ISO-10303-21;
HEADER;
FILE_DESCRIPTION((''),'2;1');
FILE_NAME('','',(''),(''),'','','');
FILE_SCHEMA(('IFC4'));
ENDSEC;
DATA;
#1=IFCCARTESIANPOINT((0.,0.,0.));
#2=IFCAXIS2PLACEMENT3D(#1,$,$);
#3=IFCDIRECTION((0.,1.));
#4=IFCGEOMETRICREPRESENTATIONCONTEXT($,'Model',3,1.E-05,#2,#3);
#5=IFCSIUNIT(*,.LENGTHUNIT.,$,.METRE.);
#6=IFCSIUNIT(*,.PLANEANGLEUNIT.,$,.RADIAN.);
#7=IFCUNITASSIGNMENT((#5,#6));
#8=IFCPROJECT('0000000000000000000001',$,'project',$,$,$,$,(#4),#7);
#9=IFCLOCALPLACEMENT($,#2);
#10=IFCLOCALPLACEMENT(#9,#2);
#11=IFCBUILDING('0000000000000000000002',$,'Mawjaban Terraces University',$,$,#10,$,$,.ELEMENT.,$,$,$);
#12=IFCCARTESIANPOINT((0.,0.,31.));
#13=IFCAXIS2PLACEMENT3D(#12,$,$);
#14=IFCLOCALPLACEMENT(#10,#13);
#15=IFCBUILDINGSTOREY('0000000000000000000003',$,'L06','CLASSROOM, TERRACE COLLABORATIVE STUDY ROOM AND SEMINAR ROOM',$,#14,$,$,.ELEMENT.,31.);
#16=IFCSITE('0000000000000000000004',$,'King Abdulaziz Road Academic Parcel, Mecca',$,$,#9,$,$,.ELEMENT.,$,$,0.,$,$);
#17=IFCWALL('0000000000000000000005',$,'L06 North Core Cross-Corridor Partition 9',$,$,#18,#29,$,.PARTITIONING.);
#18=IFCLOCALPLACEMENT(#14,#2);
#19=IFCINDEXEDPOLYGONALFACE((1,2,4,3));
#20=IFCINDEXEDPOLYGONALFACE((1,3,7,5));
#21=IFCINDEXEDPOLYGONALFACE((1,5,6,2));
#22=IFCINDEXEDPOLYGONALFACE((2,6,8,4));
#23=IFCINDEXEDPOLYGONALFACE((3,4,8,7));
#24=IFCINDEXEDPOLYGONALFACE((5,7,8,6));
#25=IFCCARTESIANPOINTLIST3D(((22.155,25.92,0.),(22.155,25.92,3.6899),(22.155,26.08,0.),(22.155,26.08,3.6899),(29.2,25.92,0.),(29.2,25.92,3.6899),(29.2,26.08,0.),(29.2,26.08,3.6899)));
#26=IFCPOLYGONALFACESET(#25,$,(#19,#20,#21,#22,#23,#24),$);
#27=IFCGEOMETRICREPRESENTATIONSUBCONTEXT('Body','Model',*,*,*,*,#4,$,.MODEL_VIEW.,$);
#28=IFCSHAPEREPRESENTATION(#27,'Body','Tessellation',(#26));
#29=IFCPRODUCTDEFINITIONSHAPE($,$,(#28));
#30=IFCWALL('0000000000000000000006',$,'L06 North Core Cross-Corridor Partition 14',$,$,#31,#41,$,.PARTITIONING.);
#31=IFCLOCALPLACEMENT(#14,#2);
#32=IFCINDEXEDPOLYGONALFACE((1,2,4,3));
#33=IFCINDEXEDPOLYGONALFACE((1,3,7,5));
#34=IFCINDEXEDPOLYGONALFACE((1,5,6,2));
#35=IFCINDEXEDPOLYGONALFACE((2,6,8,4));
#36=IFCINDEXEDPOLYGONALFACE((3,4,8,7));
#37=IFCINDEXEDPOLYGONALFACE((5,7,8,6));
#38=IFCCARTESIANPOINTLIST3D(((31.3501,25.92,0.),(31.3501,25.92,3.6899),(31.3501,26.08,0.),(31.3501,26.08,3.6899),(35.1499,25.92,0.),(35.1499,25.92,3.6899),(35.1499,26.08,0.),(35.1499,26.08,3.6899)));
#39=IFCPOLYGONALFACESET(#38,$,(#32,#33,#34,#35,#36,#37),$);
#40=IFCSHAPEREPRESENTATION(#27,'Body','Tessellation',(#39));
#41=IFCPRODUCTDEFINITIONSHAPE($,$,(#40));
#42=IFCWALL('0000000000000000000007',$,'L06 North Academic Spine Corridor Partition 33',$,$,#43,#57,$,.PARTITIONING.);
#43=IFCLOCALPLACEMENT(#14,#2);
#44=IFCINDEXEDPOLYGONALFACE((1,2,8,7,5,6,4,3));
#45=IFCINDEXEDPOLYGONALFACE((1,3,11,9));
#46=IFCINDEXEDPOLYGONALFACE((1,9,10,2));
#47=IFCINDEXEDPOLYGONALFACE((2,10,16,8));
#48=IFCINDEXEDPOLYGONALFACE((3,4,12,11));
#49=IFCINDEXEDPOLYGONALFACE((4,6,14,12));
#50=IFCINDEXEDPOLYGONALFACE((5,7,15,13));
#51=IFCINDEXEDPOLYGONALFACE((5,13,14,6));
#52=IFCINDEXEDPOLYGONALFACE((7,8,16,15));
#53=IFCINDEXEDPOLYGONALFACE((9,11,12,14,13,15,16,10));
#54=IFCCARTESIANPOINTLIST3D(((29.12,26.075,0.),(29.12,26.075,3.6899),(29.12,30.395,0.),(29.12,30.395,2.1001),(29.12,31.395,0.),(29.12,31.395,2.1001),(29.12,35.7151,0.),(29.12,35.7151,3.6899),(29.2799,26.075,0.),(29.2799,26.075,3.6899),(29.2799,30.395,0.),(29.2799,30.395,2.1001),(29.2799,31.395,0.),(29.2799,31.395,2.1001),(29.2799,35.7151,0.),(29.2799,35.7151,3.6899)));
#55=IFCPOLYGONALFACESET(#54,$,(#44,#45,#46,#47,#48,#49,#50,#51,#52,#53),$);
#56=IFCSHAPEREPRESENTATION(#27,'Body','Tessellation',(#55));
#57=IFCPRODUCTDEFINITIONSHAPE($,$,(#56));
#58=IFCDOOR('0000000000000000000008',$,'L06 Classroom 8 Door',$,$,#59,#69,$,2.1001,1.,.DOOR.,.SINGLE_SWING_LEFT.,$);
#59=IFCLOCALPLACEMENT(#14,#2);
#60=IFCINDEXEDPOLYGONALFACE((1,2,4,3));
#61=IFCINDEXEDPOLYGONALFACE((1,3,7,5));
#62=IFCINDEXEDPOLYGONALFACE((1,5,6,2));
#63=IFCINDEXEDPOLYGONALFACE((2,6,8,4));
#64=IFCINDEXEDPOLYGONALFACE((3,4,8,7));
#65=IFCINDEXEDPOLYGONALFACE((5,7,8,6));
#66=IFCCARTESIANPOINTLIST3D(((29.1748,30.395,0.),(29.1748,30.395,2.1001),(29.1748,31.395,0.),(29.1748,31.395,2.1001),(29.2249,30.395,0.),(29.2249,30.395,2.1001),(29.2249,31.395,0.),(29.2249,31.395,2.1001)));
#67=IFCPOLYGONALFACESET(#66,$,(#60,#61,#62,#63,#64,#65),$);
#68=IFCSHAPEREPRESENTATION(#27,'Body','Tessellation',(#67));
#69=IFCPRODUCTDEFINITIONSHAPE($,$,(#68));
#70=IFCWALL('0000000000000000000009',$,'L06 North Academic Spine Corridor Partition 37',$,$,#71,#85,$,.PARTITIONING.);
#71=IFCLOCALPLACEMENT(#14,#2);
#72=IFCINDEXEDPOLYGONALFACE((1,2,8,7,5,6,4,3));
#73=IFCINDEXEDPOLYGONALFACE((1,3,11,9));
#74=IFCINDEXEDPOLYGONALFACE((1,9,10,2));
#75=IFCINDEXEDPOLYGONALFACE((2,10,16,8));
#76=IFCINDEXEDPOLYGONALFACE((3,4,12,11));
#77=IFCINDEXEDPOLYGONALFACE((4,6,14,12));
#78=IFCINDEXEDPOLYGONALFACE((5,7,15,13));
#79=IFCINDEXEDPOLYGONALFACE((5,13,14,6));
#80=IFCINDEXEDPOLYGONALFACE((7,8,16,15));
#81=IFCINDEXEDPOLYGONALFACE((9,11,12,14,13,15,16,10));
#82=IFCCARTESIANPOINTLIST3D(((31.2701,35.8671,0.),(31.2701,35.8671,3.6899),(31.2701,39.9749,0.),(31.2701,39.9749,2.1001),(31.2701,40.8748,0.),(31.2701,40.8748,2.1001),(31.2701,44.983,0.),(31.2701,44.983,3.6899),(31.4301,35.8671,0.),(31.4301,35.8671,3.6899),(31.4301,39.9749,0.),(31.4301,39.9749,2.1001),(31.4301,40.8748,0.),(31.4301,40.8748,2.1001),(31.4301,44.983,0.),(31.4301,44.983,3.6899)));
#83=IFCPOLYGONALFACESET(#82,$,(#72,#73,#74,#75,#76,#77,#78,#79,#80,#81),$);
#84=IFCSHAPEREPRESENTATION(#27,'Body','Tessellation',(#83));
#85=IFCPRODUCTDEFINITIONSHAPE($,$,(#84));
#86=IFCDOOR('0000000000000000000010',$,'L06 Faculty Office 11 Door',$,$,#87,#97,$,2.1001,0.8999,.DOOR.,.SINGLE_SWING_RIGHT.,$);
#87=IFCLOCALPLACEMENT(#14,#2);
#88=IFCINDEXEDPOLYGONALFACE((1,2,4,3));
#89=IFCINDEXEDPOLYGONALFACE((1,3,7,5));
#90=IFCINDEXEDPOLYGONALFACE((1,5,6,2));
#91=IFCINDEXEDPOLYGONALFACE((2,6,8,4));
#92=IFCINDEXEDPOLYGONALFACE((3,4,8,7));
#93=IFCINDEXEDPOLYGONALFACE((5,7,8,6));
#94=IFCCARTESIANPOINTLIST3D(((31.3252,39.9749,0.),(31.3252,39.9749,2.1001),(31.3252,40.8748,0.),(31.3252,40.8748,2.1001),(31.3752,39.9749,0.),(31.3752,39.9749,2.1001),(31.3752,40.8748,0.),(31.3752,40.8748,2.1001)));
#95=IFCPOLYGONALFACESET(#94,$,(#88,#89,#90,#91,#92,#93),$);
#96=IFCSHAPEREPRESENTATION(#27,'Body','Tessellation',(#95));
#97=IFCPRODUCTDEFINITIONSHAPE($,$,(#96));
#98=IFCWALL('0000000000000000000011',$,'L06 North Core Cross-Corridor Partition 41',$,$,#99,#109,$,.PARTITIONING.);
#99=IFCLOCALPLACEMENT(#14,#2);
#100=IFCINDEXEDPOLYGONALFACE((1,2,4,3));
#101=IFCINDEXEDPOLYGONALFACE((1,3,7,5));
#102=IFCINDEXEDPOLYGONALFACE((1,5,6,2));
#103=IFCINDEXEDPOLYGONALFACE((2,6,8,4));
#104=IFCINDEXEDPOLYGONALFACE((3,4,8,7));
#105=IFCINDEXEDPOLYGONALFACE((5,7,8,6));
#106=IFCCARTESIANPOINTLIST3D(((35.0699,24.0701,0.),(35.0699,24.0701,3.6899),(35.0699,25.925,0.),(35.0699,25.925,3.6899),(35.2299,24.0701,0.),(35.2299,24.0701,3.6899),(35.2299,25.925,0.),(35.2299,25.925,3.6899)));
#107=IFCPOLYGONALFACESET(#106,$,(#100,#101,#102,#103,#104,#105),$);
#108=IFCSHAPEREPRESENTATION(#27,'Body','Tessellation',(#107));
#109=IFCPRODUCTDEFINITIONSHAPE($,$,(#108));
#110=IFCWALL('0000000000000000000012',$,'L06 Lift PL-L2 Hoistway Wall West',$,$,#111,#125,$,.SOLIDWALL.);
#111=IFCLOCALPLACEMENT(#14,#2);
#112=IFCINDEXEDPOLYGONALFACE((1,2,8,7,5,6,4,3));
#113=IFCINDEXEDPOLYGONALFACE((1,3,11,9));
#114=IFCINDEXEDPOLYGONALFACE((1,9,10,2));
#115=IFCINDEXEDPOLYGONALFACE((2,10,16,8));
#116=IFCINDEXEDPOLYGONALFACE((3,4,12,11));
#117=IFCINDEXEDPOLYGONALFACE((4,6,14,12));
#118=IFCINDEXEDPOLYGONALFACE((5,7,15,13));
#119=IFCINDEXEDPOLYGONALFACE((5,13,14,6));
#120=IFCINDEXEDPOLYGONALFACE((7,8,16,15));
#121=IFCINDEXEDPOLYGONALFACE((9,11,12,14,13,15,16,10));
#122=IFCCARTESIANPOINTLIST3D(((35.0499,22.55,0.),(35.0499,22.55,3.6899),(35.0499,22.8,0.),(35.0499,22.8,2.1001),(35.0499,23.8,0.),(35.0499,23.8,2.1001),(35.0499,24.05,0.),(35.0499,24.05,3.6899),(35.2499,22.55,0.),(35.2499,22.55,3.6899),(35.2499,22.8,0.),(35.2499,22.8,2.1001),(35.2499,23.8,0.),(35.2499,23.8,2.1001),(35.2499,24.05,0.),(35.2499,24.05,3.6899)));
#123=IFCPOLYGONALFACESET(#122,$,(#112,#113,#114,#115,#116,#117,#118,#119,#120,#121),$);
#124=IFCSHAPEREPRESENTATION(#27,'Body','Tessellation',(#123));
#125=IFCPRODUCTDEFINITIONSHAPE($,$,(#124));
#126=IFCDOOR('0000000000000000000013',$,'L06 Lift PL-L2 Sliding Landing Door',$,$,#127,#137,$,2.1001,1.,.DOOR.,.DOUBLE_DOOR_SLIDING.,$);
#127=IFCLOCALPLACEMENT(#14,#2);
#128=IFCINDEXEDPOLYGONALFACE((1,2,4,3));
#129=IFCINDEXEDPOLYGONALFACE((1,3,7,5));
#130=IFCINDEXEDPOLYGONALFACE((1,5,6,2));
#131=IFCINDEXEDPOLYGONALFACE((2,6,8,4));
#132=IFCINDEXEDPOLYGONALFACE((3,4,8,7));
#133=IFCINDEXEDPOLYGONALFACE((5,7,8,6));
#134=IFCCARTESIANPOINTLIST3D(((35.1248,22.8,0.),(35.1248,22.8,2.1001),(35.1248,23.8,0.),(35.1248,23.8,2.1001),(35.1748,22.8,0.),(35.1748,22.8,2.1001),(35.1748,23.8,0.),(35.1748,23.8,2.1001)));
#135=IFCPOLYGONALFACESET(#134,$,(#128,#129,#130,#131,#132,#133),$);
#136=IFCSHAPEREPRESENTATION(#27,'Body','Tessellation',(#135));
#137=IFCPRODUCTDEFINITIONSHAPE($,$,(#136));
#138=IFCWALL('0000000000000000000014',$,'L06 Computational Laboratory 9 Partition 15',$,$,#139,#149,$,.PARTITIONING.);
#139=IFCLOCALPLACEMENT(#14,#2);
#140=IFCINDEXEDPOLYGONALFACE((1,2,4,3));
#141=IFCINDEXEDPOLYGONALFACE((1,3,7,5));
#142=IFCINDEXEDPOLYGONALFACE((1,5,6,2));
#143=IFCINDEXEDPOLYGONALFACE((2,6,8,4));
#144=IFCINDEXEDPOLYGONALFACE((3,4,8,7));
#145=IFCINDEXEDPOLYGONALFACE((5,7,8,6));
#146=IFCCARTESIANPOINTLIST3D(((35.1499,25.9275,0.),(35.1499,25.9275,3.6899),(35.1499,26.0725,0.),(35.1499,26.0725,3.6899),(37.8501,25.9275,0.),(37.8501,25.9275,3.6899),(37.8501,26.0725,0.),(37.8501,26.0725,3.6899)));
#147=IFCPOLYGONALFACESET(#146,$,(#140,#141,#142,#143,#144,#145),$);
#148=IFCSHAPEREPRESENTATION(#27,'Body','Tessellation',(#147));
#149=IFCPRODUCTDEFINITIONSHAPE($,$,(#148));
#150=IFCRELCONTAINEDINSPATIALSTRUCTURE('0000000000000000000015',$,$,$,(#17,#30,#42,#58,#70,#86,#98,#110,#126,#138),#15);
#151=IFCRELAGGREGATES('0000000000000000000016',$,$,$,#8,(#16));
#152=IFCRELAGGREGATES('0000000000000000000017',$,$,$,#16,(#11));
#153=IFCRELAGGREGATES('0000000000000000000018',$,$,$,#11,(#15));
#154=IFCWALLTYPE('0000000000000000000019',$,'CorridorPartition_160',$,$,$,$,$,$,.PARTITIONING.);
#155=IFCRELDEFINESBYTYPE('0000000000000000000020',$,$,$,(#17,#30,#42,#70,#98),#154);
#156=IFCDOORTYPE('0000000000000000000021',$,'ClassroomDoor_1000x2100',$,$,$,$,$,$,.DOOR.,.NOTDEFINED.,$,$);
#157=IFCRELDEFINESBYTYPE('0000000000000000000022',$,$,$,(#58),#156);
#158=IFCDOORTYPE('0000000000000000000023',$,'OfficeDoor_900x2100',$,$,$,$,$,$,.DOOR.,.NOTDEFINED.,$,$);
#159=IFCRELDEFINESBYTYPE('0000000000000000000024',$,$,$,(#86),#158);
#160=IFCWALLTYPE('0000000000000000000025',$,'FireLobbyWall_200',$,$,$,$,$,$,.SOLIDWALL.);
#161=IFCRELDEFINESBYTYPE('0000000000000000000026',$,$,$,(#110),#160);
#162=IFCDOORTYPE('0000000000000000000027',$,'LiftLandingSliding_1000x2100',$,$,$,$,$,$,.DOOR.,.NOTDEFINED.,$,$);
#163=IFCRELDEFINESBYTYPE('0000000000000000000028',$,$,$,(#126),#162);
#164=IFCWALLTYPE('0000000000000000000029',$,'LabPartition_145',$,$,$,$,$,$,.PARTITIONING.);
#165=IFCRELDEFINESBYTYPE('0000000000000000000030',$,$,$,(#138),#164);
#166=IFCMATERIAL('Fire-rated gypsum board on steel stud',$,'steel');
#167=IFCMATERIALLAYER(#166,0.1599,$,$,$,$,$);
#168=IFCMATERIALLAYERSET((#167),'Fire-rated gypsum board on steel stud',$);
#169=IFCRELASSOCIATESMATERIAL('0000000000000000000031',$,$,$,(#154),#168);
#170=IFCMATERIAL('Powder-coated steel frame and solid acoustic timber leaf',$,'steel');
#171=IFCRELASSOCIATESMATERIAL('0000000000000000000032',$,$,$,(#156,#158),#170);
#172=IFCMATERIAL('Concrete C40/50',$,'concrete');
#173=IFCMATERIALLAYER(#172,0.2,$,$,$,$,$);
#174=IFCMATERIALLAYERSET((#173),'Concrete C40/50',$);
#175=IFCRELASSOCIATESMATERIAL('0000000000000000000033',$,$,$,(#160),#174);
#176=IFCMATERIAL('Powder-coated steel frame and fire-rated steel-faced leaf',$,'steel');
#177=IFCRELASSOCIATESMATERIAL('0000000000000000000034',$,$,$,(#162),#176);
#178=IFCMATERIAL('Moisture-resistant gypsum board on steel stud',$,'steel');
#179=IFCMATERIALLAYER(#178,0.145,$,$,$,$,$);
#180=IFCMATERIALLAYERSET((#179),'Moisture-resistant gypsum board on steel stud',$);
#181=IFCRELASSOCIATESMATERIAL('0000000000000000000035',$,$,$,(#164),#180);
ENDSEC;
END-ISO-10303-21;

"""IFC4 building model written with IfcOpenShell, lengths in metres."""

from ifc_helpers import new_model, si_unit, direction, frame, frame_2d, origin, place, context, subcontext, project, spatial, rectangle, extrude, material, layer, layer_set, type_object, element, fill, save


model = new_model("IFC4")

# Units and contexts
model_context = context("Model", 3, precision=1e-05, world=origin(), true_north=direction((0.0, 1.0)))
body_context = subcontext(model_context, "Body", "Model", "MODEL_VIEW")
ifc_project = project(units=[si_unit("LENGTHUNIT", "METRE"), si_unit("PLANEANGLEUNIT", "RADIAN")], contexts=[model_context])

# Site, building, storey
site_placement = place(None, origin())
site = spatial("IfcSite", under=ifc_project, at=site_placement, Name="King Abdulaziz Road Academic Parcel, Mecca", CompositionType="ELEMENT", RefElevation=0.0)
building_placement = place(site_placement, origin())
building = spatial("IfcBuilding", under=site, at=building_placement, Name="Mawjaban Terraces University", CompositionType="ELEMENT")
storey_placement = place(building_placement, frame((0.0, 0.0, 31.0)))
storey = spatial("IfcBuildingStorey", under=building, at=storey_placement, Name="L06", Description="CLASSROOM, TERRACE COLLABORATIVE STUDY ROOM AND SEMINAR ROOM", CompositionType="ELEMENT", Elevation=31.0)

# Walls
ifc_material_1 = material(Name="Fire-rated gypsum board on steel stud", Category="steel")
ifc_layer_1 = layer(ifc_material_1, 0.1599)
ifc_layer_set_1 = layer_set([ifc_layer_1], Name="Fire-rated gypsum board on steel stud")
wall_type_1 = type_object("IfcWallType", Name="CorridorPartition_160", PredefinedType="PARTITIONING", material=ifc_layer_set_1)
wall_1_placement = place(storey_placement, frame((29.2, 26.0, 0.0), z_axis=(0.0, 0.0, 1.0), x_axis=(-1.0, 0.0, 0.0)))
element("IfcWall", 1, at=wall_1_placement, inside=storey, type_object=wall_type_1, Name="L06 North Core Cross-Corridor Partition 9", PredefinedType="PARTITIONING", context=body_context, shape_type="SweptSolid", body=[
    extrude(rectangle(XDim=7.0449, YDim=0.1599, at=frame_2d((3.5225, 0.0))), origin(), (0.0, 0.0, 1.0), 3.6899),
])
wall_2_placement = place(storey_placement, frame((35.1499, 26.0, 0.0), z_axis=(0.0, 0.0, 1.0), x_axis=(-1.0, 0.0, 0.0)))
element("IfcWall", 2, at=wall_2_placement, inside=storey, type_object=wall_type_1, Name="L06 North Core Cross-Corridor Partition 14", PredefinedType="PARTITIONING", context=body_context, shape_type="SweptSolid", body=[
    extrude(rectangle(XDim=3.7998, YDim=0.1599, at=frame_2d((1.8999, 0.0))), origin(), (0.0, 0.0, 1.0), 3.6899),
])

# Walls, openings, doors
wall_3_placement = place(storey_placement, frame((29.2, 35.7151, 0.0), z_axis=(0.0, 0.0, 1.0), x_axis=(0.0, -1.0, 0.0)))
wall_3 = element("IfcWall", 3, at=wall_3_placement, inside=storey, type_object=wall_type_1, Name="L06 North Academic Spine Corridor Partition 33", PredefinedType="PARTITIONING", context=body_context, shape_type="SweptSolid", body=[
    extrude(rectangle(XDim=9.6401, YDim=0.1599, at=frame_2d((4.8201, 0.0))), origin(), (0.0, 0.0, 1.0), 3.6899),
])
opening_1_placement = place(wall_3_placement, frame((4.3201, 0.0, 0.0)))
opening_1 = element("IfcOpeningElement", 4, at=opening_1_placement, cuts=wall_3, PredefinedType="OPENING", context=body_context, shape_type="SweptSolid", body=[
    extrude(rectangle(XDim=1.0, YDim=2.1001, at=frame_2d((0.5, 1.05))), frame((0.0, 0.0898, 0.0), z_axis=(0.0, -1.0, 0.0), x_axis=(1.0, 0.0, 0.0)), (0.0, 0.0, 1.0), 0.1799),
])
ifc_material_2 = material(Name="Powder-coated steel frame and solid acoustic timber leaf", Category="steel")
door_type_1 = type_object("IfcDoorType", Name="ClassroomDoor_1000x2100", OperationType="NOTDEFINED", PredefinedType="DOOR", material=ifc_material_2)
door_1_placement = place(opening_1_placement, origin())
door_1 = element("IfcDoor", 5, at=door_1_placement, inside=storey, type_object=door_type_1, Name="L06 Classroom 8 Door", OperationType="SINGLE_SWING_LEFT", OverallHeight=2.1001, OverallWidth=1.0, PredefinedType="DOOR", context=body_context, shape_type="SweptSolid", body=[
    extrude(rectangle(XDim=1.0, YDim=2.1001, at=frame_2d((0.5, 1.05))), frame((0.0, 0.0249, 0.0), z_axis=(0.0, -1.0, 0.0), x_axis=(1.0, 0.0, 0.0)), (0.0, 0.0, 1.0), 0.05),
])
fill(opening_1, door_1)
wall_4_placement = place(storey_placement, frame((31.3501, 35.8669, 0.0), z_axis=(0.0, 0.0, 1.0), x_axis=(0.0, 1.0, 0.0)))
wall_4 = element("IfcWall", 6, at=wall_4_placement, inside=storey, type_object=wall_type_1, Name="L06 North Academic Spine Corridor Partition 37", PredefinedType="PARTITIONING", context=body_context, shape_type="SweptSolid", body=[
    extrude(rectangle(XDim=9.116, YDim=0.1599, at=frame_2d((4.5581, 0.0))), origin(), (0.0, 0.0, 1.0), 3.6899),
])
opening_2_placement = place(wall_4_placement, frame((4.1079, 0.0, 0.0)))
opening_2 = element("IfcOpeningElement", 7, at=opening_2_placement, cuts=wall_4, PredefinedType="OPENING", context=body_context, shape_type="SweptSolid", body=[
    extrude(rectangle(XDim=0.8999, YDim=2.1001, at=frame_2d((0.45, 1.05))), frame((0.0, 0.0898, 0.0), z_axis=(0.0, -1.0, 0.0), x_axis=(1.0, 0.0, 0.0)), (0.0, 0.0, 1.0), 0.1799),
])
door_type_2 = type_object("IfcDoorType", Name="OfficeDoor_900x2100", OperationType="NOTDEFINED", PredefinedType="DOOR", material=ifc_material_2)
door_2_placement = place(opening_2_placement, origin())
door_2 = element("IfcDoor", 8, at=door_2_placement, inside=storey, type_object=door_type_2, Name="L06 Faculty Office 11 Door", OperationType="SINGLE_SWING_RIGHT", OverallHeight=2.1001, OverallWidth=0.8999, PredefinedType="DOOR", context=body_context, shape_type="SweptSolid", body=[
    extrude(rectangle(XDim=0.8999, YDim=2.1001, at=frame_2d((0.45, 1.05))), frame((0.0, 0.0249, 0.0), z_axis=(0.0, -1.0, 0.0), x_axis=(1.0, 0.0, 0.0)), (0.0, 0.0, 1.0), 0.05),
])
fill(opening_2, door_2)

# Wall
wall_5_placement = place(storey_placement, frame((35.1499, 24.0701, 0.0), z_axis=(0.0, 0.0, 1.0), x_axis=(0.0, 1.0, 0.0)))
element("IfcWall", 9, at=wall_5_placement, inside=storey, type_object=wall_type_1, Name="L06 North Core Cross-Corridor Partition 41", PredefinedType="PARTITIONING", context=body_context, shape_type="SweptSolid", body=[
    extrude(rectangle(XDim=1.855, YDim=0.1599, at=frame_2d((0.9275, 0.0))), origin(), (0.0, 0.0, 1.0), 3.6899),
])

# Wall, opening, door
ifc_material_3 = material(Name="Concrete C40/50", Category="concrete")
ifc_layer_2 = layer(ifc_material_3, 0.2)
ifc_layer_set_2 = layer_set([ifc_layer_2], Name="Concrete C40/50")
wall_type_2 = type_object("IfcWallType", Name="FireLobbyWall_200", PredefinedType="SOLIDWALL", material=ifc_layer_set_2)
wall_6_placement = place(storey_placement, frame((35.1499, 24.05, 0.0), z_axis=(0.0, 0.0, 1.0), x_axis=(0.0, -1.0, 0.0)))
wall_6 = element("IfcWall", 10, at=wall_6_placement, inside=storey, type_object=wall_type_2, Name="L06 Lift PL-L2 Hoistway Wall West", PredefinedType="SOLIDWALL", context=body_context, shape_type="SweptSolid", body=[
    extrude(rectangle(XDim=1.5, YDim=0.2, at=frame_2d((0.75, 0.0))), origin(), (0.0, 0.0, 1.0), 3.6899),
])
opening_3_placement = place(wall_6_placement, frame((0.25, 0.0, 0.0)))
opening_3 = element("IfcOpeningElement", 11, at=opening_3_placement, cuts=wall_6, PredefinedType="OPENING", context=body_context, shape_type="SweptSolid", body=[
    extrude(rectangle(XDim=1.0, YDim=2.1001, at=frame_2d((0.5, 1.05))), frame((0.0, 0.1099, 0.0), z_axis=(0.0, -1.0, 0.0), x_axis=(1.0, 0.0, 0.0)), (0.0, 0.0, 1.0), 0.22),
])
ifc_material_4 = material(Name="Powder-coated steel frame and fire-rated steel-faced leaf", Category="steel")
door_type_3 = type_object("IfcDoorType", Name="LiftLandingSliding_1000x2100", OperationType="NOTDEFINED", PredefinedType="DOOR", material=ifc_material_4)
door_3_placement = place(opening_3_placement, origin())
door_3 = element("IfcDoor", 12, at=door_3_placement, inside=storey, type_object=door_type_3, Name="L06 Lift PL-L2 Sliding Landing Door", OperationType="DOUBLE_DOOR_SLIDING", OverallHeight=2.1001, OverallWidth=1.0, PredefinedType="DOOR", context=body_context, shape_type="SweptSolid", body=[
    extrude(rectangle(XDim=1.0, YDim=2.1001, at=frame_2d((0.5, 1.05))), frame((0.0, 0.0249, 0.0), z_axis=(0.0, -1.0, 0.0), x_axis=(1.0, 0.0, 0.0)), (0.0, 0.0, 1.0), 0.05),
])
fill(opening_3, door_3)

# Wall
ifc_material_5 = material(Name="Moisture-resistant gypsum board on steel stud", Category="steel")
ifc_layer_3 = layer(ifc_material_5, 0.145)
ifc_layer_set_3 = layer_set([ifc_layer_3], Name="Moisture-resistant gypsum board on steel stud")
wall_type_3 = type_object("IfcWallType", Name="LabPartition_145", PredefinedType="PARTITIONING", material=ifc_layer_set_3)
wall_7_placement = place(storey_placement, frame((35.1499, 26.0, 0.0), z_axis=(0.0, 0.0, 1.0), x_axis=(1.0, 0.0, 0.0)))
element("IfcWall", 13, at=wall_7_placement, inside=storey, type_object=wall_type_3, Name="L06 Computational Laboratory 9 Partition 15", PredefinedType="PARTITIONING", context=body_context, shape_type="SweptSolid", body=[
    extrude(rectangle(XDim=2.7002, YDim=0.145, at=frame_2d((1.3501, 0.0))), origin(), (0.0, 0.0, 1.0), 3.6899),
])

save(model, "model.ifc")
